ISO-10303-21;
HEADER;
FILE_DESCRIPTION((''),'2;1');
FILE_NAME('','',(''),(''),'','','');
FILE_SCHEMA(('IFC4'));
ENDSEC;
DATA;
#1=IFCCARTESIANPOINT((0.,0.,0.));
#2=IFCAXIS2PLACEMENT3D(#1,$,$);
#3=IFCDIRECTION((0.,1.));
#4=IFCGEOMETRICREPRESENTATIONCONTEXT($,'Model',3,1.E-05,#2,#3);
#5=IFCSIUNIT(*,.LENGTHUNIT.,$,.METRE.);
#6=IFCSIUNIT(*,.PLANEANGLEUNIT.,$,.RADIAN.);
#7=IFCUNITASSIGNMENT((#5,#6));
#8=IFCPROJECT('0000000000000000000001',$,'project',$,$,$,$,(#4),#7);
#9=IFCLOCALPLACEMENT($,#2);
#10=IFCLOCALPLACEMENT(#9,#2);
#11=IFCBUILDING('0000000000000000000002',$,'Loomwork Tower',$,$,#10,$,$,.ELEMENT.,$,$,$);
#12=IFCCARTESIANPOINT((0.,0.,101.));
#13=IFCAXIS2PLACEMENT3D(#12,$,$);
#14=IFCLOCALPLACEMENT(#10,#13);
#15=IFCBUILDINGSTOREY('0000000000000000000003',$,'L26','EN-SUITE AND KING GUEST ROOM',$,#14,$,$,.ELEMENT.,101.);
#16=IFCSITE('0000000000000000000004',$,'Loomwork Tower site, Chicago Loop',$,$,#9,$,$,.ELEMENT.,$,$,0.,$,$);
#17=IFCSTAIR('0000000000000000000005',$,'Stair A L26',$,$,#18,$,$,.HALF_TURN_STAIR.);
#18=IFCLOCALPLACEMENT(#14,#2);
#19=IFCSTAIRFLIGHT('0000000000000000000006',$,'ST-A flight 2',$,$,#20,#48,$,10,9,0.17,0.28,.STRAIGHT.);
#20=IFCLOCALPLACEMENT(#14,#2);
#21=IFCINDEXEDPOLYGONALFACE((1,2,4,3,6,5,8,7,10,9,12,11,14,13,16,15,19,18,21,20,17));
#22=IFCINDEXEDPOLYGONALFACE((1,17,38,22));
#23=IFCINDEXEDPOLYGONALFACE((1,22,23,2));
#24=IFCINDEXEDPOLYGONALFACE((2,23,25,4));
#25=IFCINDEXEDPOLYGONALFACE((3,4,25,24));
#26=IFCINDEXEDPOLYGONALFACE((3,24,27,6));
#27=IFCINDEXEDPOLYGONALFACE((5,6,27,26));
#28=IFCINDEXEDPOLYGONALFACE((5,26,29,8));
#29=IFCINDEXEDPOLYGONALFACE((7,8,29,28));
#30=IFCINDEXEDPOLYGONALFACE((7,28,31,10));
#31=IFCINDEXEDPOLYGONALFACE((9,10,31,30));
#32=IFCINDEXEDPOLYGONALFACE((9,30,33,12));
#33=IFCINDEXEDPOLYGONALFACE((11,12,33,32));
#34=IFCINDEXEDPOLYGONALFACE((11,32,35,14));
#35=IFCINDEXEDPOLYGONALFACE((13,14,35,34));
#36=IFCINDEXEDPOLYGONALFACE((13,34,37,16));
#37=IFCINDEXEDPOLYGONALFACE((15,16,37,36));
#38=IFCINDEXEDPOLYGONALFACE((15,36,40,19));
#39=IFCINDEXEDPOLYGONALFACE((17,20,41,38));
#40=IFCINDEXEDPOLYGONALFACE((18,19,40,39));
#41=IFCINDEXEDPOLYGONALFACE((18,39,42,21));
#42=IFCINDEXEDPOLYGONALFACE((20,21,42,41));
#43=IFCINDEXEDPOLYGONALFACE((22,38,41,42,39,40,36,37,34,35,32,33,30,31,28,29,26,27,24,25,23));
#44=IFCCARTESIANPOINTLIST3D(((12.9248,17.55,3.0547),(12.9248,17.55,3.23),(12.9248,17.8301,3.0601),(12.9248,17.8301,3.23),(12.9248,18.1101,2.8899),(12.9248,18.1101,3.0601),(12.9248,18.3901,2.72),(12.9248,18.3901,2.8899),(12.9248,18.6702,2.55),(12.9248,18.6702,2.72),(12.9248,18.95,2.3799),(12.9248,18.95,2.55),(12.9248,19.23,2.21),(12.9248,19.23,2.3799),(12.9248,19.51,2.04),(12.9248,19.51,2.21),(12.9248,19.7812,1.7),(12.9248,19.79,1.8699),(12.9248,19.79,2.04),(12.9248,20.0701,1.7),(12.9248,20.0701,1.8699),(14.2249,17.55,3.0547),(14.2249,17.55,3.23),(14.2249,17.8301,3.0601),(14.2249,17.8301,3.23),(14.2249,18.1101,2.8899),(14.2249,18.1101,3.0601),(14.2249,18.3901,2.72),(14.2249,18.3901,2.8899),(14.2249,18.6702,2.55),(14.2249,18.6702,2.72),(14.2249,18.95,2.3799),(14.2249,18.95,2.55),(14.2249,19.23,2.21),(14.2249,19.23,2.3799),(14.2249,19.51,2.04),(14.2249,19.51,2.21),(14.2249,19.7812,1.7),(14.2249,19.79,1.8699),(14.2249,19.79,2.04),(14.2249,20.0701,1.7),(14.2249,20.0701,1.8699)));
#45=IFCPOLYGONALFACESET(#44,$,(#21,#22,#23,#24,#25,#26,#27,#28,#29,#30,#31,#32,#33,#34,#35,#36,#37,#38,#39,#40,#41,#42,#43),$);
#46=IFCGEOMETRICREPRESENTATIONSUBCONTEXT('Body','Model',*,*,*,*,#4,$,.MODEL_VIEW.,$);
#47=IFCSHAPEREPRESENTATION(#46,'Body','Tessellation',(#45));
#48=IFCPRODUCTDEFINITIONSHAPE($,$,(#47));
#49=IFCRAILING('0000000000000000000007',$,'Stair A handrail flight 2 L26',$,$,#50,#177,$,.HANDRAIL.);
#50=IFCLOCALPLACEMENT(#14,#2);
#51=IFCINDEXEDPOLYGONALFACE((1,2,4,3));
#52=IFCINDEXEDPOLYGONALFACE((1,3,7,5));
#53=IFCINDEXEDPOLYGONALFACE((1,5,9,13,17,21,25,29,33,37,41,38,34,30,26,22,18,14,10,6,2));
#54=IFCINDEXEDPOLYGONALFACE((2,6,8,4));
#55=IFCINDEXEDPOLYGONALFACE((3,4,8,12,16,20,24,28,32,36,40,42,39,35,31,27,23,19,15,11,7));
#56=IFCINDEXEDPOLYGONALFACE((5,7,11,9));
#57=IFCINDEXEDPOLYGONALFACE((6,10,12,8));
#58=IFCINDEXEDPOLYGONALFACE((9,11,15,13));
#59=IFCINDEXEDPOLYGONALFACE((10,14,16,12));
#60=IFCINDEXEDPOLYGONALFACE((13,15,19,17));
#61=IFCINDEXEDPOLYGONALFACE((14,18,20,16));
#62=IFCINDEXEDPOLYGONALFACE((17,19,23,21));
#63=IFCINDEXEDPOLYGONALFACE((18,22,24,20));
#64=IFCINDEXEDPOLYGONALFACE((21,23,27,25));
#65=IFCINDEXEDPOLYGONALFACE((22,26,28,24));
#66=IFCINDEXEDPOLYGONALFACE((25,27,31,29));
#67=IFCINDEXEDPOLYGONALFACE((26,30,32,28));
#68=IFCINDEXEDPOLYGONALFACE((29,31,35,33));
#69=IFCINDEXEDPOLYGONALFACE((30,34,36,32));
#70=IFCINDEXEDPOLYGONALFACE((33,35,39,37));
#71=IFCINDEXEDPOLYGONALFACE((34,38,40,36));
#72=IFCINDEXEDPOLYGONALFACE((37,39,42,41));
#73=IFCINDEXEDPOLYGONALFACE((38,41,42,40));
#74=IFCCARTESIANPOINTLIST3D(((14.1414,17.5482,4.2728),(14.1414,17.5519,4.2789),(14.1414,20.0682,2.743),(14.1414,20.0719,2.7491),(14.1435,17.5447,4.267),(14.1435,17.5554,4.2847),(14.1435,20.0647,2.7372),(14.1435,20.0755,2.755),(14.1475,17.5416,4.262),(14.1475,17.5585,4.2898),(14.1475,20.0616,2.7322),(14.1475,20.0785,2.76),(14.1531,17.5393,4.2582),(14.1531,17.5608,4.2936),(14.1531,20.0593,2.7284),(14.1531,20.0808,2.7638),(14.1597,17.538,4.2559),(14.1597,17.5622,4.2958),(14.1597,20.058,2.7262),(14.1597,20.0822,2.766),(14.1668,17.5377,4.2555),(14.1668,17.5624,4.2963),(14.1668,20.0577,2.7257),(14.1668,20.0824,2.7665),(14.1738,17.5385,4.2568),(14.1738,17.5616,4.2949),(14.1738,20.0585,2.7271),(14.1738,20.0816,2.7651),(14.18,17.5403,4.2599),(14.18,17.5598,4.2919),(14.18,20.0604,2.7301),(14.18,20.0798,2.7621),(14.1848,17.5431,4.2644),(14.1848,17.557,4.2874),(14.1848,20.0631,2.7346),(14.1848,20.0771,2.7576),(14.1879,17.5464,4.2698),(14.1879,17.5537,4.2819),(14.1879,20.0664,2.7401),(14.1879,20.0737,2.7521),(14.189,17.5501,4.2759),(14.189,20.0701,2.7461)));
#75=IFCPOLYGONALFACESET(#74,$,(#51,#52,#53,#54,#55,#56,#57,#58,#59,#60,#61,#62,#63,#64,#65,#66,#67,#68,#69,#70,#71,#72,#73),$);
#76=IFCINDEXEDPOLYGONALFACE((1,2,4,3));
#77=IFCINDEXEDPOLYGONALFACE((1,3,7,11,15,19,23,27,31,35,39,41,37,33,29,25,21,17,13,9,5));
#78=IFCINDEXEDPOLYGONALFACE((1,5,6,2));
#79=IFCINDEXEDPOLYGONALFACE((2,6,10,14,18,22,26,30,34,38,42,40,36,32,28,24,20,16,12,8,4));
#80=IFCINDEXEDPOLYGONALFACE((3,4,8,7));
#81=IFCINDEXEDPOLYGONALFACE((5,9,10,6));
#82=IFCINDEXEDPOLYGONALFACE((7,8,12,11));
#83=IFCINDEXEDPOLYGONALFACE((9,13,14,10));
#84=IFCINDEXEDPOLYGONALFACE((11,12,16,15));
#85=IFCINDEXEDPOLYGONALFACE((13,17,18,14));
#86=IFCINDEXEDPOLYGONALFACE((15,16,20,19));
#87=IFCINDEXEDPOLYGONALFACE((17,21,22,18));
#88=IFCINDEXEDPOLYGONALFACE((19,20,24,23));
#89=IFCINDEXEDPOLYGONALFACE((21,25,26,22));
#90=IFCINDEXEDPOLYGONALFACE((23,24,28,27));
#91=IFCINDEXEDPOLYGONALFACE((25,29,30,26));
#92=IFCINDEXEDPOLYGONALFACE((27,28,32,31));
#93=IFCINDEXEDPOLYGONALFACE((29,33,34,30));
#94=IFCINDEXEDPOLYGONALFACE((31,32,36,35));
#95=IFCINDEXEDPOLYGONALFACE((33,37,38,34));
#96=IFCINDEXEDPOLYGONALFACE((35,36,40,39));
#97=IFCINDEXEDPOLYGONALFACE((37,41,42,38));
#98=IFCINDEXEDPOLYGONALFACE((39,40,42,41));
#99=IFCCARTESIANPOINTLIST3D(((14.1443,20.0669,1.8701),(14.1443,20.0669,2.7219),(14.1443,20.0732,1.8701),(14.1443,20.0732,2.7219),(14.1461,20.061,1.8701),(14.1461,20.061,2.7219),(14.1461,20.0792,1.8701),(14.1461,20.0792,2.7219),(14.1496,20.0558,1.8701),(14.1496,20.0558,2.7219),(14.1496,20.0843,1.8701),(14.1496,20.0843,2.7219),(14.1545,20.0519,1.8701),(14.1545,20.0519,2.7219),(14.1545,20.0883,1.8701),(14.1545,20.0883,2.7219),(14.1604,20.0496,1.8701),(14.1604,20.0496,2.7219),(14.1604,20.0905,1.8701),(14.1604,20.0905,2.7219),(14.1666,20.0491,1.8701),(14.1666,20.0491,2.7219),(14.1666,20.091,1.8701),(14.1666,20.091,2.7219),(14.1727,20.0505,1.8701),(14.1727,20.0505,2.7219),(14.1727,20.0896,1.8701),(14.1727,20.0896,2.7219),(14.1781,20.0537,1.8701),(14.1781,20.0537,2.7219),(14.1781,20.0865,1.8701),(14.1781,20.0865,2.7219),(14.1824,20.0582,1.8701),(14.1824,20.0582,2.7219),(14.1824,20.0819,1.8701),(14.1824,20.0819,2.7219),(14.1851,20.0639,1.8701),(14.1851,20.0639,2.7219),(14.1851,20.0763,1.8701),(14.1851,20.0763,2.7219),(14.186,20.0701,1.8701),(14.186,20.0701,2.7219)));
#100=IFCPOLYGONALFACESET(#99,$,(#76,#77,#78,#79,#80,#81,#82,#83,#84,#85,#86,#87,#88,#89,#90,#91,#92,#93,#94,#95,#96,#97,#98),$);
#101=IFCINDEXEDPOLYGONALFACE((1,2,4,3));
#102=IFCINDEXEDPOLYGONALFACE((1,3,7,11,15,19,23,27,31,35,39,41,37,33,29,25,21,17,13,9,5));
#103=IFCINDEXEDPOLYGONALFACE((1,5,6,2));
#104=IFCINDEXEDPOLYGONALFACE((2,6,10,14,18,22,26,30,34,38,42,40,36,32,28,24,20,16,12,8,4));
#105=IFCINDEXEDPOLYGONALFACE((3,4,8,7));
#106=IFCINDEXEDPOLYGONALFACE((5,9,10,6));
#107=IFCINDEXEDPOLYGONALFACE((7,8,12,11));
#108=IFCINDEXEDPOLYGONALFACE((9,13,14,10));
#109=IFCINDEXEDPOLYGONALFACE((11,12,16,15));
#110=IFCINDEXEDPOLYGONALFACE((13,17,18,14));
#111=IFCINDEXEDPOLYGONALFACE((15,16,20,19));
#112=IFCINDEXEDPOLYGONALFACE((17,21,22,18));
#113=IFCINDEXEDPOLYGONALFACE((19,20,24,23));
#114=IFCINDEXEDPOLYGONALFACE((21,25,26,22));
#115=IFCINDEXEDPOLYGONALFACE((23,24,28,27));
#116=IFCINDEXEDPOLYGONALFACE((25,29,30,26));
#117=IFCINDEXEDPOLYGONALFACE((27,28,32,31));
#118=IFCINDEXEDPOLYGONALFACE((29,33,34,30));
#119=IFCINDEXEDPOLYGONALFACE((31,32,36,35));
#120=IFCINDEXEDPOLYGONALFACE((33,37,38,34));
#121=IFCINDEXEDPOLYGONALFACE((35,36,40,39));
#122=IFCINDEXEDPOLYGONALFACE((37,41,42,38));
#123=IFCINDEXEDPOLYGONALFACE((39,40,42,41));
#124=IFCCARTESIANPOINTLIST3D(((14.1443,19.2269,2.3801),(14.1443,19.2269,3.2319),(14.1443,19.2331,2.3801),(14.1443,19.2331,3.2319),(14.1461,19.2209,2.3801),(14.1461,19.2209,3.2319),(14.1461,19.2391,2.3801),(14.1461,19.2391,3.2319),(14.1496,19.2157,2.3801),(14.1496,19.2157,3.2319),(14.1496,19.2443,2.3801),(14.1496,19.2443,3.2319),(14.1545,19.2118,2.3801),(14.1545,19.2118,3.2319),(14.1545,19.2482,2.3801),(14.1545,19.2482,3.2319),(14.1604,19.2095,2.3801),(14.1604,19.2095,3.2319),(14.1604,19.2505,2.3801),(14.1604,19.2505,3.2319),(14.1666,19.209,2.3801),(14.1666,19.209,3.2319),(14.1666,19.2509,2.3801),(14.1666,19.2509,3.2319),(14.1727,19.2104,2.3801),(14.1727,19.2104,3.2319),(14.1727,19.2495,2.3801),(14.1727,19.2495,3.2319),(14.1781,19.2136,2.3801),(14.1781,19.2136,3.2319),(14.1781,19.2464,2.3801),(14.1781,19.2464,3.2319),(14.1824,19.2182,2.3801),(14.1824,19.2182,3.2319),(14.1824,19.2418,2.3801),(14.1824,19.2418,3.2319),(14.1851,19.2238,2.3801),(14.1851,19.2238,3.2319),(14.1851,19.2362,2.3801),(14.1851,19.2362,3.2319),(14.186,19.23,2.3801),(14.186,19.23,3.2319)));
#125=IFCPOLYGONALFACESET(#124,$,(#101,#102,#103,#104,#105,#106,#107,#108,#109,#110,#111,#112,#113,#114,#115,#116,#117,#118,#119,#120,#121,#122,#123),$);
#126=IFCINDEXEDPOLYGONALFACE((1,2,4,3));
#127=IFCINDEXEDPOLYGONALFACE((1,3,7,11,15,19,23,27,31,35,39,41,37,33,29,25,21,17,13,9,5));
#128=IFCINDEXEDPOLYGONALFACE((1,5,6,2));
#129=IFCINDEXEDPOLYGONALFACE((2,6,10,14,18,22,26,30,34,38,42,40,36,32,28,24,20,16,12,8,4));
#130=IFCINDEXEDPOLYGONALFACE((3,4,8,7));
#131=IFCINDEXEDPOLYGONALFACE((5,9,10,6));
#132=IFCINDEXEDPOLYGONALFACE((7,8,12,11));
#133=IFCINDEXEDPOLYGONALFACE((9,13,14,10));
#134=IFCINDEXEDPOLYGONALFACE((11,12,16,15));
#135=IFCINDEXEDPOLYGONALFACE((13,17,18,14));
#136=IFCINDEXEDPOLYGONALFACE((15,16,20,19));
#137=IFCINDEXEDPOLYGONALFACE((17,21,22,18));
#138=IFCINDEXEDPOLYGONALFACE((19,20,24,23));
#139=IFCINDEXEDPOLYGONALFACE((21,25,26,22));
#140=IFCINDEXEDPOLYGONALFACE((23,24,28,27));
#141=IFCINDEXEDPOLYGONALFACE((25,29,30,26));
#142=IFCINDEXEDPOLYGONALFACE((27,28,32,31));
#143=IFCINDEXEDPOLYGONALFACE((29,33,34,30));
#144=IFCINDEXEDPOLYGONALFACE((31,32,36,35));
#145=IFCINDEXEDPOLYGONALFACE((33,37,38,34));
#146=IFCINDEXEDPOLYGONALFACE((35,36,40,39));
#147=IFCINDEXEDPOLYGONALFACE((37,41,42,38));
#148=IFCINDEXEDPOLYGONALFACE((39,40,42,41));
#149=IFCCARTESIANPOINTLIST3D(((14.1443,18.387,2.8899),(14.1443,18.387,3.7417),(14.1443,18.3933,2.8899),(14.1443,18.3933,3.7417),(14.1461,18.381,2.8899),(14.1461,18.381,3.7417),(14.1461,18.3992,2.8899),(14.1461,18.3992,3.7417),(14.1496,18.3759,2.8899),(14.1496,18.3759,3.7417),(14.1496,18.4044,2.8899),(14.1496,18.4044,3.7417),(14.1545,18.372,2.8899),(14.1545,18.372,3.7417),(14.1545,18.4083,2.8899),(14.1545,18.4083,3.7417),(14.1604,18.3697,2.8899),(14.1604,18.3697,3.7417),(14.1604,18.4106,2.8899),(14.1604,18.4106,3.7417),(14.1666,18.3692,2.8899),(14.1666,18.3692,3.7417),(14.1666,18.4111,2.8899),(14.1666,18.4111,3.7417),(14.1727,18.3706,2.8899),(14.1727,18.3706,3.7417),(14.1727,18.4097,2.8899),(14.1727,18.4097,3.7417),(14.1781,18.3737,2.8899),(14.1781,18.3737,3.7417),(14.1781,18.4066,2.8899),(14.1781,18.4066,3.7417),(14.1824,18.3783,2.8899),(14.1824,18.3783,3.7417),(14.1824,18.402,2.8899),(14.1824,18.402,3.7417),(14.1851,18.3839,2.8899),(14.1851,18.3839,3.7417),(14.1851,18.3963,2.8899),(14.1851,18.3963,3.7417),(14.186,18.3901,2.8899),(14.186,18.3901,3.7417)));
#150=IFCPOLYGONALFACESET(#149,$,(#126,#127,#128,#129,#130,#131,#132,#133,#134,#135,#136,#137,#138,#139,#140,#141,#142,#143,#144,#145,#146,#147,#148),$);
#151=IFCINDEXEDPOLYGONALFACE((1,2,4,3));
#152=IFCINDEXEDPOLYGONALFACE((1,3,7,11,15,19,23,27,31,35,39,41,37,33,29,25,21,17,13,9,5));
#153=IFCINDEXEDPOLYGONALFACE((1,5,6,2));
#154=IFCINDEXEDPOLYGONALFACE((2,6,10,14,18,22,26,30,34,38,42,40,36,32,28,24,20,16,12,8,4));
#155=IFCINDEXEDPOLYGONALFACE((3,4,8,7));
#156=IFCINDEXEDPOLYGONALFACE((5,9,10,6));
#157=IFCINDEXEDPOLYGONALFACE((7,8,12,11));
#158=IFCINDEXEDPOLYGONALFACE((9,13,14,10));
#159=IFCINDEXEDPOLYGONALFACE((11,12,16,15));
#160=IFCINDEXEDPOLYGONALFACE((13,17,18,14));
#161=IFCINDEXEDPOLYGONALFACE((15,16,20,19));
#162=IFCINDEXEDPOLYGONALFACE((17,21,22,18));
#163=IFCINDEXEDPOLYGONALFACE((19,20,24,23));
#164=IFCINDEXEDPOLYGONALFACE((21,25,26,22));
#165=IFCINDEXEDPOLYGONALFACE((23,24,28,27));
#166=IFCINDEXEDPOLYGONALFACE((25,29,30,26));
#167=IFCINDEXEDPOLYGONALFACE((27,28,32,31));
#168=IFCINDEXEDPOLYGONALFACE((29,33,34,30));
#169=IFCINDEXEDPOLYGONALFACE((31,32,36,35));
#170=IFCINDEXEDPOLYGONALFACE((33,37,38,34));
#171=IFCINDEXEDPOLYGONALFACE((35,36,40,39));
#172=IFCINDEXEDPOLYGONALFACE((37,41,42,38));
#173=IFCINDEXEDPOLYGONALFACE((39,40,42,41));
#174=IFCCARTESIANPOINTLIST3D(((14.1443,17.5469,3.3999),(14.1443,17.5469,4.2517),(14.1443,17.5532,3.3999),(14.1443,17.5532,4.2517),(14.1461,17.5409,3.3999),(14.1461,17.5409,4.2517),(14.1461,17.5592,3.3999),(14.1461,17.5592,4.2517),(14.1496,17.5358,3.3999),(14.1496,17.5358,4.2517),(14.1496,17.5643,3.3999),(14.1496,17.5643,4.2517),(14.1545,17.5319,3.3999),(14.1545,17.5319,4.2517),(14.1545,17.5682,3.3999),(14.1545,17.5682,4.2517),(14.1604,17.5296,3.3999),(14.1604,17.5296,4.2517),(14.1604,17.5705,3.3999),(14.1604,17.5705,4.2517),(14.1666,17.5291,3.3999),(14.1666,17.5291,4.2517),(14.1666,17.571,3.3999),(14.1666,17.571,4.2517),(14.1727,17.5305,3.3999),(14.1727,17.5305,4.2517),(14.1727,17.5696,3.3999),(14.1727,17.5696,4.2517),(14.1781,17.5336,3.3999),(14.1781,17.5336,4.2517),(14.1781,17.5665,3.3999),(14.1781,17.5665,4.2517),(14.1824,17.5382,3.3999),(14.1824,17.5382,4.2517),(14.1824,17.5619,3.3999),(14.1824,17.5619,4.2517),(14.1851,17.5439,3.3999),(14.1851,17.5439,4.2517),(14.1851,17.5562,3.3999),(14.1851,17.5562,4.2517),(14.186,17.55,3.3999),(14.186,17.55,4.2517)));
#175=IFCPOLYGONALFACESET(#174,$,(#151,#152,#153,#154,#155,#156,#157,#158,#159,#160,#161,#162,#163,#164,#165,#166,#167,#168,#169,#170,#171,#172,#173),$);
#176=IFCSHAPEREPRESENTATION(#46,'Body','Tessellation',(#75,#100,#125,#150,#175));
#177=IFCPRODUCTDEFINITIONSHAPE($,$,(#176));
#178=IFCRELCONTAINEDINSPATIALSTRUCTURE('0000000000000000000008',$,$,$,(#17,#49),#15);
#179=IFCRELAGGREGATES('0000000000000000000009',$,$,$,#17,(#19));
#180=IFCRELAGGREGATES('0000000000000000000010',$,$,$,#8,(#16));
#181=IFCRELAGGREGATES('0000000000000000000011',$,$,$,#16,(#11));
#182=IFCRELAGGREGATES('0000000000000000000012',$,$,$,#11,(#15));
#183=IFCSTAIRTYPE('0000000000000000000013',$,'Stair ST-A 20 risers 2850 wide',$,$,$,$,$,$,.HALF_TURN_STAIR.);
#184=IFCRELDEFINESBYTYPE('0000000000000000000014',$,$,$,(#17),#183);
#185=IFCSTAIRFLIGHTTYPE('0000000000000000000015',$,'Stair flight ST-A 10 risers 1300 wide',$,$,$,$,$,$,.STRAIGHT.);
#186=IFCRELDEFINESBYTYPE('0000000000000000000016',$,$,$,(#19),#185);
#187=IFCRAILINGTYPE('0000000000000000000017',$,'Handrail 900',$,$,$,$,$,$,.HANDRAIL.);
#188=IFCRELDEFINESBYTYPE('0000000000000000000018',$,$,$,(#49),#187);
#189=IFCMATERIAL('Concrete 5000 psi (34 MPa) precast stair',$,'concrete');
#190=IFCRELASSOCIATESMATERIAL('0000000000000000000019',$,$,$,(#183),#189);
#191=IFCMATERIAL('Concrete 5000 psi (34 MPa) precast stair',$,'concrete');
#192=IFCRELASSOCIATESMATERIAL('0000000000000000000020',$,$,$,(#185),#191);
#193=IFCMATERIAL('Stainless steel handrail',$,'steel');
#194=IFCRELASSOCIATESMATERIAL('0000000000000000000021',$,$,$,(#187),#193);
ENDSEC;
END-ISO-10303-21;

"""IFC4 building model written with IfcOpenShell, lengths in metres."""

from ifc_helpers import new_model, si_unit, direction, frame, origin, origin_2d, place, context, subcontext, project, spatial, polyline, circle, outline, extrude, material, type_object, element, aggregate, save


model = new_model("IFC4")

# Units and contexts
model_context = context("Model", 3, precision=1e-05, world=origin(), true_north=direction((0.0, 1.0)))
body_context = subcontext(model_context, "Body", "Model", "MODEL_VIEW")
ifc_project = project(units=[si_unit("LENGTHUNIT", "METRE"), si_unit("PLANEANGLEUNIT", "RADIAN")], contexts=[model_context])

# Site, building, storey
site_placement = place(None, origin())
site = spatial("IfcSite", under=ifc_project, at=site_placement, Name="Loomwork Tower site, Chicago Loop", CompositionType="ELEMENT", RefElevation=0.0)
building_placement = place(site_placement, origin())
building = spatial("IfcBuilding", under=site, at=building_placement, Name="Loomwork Tower", CompositionType="ELEMENT")
storey_placement = place(building_placement, frame((0.0, 0.0, 101.0)))
storey = spatial("IfcBuildingStorey", under=building, at=storey_placement, Name="L26", Description="EN-SUITE AND KING GUEST ROOM", CompositionType="ELEMENT", Elevation=101.0)

# Stair, stair flight
ifc_material_1 = material(Name="Concrete 5000 psi (34 MPa) precast stair", Category="concrete")
stair_type = type_object("IfcStairType", Name="Stair ST-A 20 risers 2850 wide", PredefinedType="HALF_TURN_STAIR", material=ifc_material_1)
stair_placement = place(storey_placement, origin())
stair = element("IfcStair", 1, at=stair_placement, inside=storey, type_object=stair_type, Name="Stair A L26", PredefinedType="HALF_TURN_STAIR")
ifc_material_2 = material(Name="Concrete 5000 psi (34 MPa) precast stair", Category="concrete")
stair_flight_type = type_object("IfcStairFlightType", Name="Stair flight ST-A 10 risers 1300 wide", PredefinedType="STRAIGHT", material=ifc_material_2)
stair_flight_1_placement = place(storey_placement, frame((13.575, 20.0701, 1.7), z_axis=(0.0, 0.0, 1.0), x_axis=(0.0, -1.0, 0.0)))
stair_flight_1 = element("IfcStairFlight", 2, at=stair_flight_1_placement, type_object=stair_flight_type, Name="ST-A flight 2", NumberOfRisers=10, NumberOfTreads=9, PredefinedType="STRAIGHT", RiserHeight=0.17, TreadLength=0.28, context=body_context, shape_type="SweptSolid", body=[
    extrude(outline(polyline([(0.0, 0.0), (0.0, 0.1699), (0.28, 0.1699), (0.28, 0.3401), (0.5601, 0.3401), (0.5601, 0.51), (0.8401, 0.51), (0.8401, 0.6799), (1.1201, 0.6799), (1.1201, 0.8501), (1.3999, 0.8501), (1.3999, 1.02), (1.6799, 1.02), (1.6799, 1.1899), (1.96, 1.1899), (1.96, 1.3601), (2.24, 1.3601), (2.24, 1.53), (2.52, 1.53), (2.52, 1.7), (2.52, 1.3547), (0.2888, 0.0), (0.0, 0.0)])), frame((0.0, 0.6499, 0.0), z_axis=(0.0, -1.0, 0.0), x_axis=(1.0, 0.0, 0.0)), (0.0, 0.0, 1.0), 1.3),
])
aggregate(stair, [stair_flight_1])

# Railing
ifc_material_3 = material(Name="Stainless steel handrail", Category="steel")
railing_type = type_object("IfcRailingType", Name="Handrail 900", PredefinedType="HANDRAIL", material=ifc_material_3)
railing_placement = place(storey_placement, frame((14.165, 20.0701, 1.8701)))
element("IfcRailing", 3, at=railing_placement, inside=storey, type_object=railing_type, Name="Stair A handrail flight 2 L26", PredefinedType="HANDRAIL", context=body_context, shape_type="SweptSolid", body=[
    extrude(circle(Radius=0.0239, at=origin_2d()), frame((0.0, 0.0, 0.876), z_axis=(0.0, -0.854822, 0.518922), x_axis=(1.0, 0.0, 0.0)), (0.0, 0.0, 1.0), 2.948),
    extrude(circle(Radius=0.021, at=origin_2d()), origin(), (0.0, 0.0, 1.0), 0.8518),
    extrude(circle(Radius=0.021, at=origin_2d()), frame((0.0, -0.8401, 0.51)), (0.0, 0.0, 1.0), 0.8518),
    extrude(circle(Radius=0.021, at=origin_2d()), frame((0.0, -1.6799, 1.0198)), (0.0, 0.0, 1.0), 0.8518),
    extrude(circle(Radius=0.021, at=origin_2d()), frame((0.0, -2.52, 1.5298)), (0.0, 0.0, 1.0), 0.8518),
])

save(model, "model.ifc")
